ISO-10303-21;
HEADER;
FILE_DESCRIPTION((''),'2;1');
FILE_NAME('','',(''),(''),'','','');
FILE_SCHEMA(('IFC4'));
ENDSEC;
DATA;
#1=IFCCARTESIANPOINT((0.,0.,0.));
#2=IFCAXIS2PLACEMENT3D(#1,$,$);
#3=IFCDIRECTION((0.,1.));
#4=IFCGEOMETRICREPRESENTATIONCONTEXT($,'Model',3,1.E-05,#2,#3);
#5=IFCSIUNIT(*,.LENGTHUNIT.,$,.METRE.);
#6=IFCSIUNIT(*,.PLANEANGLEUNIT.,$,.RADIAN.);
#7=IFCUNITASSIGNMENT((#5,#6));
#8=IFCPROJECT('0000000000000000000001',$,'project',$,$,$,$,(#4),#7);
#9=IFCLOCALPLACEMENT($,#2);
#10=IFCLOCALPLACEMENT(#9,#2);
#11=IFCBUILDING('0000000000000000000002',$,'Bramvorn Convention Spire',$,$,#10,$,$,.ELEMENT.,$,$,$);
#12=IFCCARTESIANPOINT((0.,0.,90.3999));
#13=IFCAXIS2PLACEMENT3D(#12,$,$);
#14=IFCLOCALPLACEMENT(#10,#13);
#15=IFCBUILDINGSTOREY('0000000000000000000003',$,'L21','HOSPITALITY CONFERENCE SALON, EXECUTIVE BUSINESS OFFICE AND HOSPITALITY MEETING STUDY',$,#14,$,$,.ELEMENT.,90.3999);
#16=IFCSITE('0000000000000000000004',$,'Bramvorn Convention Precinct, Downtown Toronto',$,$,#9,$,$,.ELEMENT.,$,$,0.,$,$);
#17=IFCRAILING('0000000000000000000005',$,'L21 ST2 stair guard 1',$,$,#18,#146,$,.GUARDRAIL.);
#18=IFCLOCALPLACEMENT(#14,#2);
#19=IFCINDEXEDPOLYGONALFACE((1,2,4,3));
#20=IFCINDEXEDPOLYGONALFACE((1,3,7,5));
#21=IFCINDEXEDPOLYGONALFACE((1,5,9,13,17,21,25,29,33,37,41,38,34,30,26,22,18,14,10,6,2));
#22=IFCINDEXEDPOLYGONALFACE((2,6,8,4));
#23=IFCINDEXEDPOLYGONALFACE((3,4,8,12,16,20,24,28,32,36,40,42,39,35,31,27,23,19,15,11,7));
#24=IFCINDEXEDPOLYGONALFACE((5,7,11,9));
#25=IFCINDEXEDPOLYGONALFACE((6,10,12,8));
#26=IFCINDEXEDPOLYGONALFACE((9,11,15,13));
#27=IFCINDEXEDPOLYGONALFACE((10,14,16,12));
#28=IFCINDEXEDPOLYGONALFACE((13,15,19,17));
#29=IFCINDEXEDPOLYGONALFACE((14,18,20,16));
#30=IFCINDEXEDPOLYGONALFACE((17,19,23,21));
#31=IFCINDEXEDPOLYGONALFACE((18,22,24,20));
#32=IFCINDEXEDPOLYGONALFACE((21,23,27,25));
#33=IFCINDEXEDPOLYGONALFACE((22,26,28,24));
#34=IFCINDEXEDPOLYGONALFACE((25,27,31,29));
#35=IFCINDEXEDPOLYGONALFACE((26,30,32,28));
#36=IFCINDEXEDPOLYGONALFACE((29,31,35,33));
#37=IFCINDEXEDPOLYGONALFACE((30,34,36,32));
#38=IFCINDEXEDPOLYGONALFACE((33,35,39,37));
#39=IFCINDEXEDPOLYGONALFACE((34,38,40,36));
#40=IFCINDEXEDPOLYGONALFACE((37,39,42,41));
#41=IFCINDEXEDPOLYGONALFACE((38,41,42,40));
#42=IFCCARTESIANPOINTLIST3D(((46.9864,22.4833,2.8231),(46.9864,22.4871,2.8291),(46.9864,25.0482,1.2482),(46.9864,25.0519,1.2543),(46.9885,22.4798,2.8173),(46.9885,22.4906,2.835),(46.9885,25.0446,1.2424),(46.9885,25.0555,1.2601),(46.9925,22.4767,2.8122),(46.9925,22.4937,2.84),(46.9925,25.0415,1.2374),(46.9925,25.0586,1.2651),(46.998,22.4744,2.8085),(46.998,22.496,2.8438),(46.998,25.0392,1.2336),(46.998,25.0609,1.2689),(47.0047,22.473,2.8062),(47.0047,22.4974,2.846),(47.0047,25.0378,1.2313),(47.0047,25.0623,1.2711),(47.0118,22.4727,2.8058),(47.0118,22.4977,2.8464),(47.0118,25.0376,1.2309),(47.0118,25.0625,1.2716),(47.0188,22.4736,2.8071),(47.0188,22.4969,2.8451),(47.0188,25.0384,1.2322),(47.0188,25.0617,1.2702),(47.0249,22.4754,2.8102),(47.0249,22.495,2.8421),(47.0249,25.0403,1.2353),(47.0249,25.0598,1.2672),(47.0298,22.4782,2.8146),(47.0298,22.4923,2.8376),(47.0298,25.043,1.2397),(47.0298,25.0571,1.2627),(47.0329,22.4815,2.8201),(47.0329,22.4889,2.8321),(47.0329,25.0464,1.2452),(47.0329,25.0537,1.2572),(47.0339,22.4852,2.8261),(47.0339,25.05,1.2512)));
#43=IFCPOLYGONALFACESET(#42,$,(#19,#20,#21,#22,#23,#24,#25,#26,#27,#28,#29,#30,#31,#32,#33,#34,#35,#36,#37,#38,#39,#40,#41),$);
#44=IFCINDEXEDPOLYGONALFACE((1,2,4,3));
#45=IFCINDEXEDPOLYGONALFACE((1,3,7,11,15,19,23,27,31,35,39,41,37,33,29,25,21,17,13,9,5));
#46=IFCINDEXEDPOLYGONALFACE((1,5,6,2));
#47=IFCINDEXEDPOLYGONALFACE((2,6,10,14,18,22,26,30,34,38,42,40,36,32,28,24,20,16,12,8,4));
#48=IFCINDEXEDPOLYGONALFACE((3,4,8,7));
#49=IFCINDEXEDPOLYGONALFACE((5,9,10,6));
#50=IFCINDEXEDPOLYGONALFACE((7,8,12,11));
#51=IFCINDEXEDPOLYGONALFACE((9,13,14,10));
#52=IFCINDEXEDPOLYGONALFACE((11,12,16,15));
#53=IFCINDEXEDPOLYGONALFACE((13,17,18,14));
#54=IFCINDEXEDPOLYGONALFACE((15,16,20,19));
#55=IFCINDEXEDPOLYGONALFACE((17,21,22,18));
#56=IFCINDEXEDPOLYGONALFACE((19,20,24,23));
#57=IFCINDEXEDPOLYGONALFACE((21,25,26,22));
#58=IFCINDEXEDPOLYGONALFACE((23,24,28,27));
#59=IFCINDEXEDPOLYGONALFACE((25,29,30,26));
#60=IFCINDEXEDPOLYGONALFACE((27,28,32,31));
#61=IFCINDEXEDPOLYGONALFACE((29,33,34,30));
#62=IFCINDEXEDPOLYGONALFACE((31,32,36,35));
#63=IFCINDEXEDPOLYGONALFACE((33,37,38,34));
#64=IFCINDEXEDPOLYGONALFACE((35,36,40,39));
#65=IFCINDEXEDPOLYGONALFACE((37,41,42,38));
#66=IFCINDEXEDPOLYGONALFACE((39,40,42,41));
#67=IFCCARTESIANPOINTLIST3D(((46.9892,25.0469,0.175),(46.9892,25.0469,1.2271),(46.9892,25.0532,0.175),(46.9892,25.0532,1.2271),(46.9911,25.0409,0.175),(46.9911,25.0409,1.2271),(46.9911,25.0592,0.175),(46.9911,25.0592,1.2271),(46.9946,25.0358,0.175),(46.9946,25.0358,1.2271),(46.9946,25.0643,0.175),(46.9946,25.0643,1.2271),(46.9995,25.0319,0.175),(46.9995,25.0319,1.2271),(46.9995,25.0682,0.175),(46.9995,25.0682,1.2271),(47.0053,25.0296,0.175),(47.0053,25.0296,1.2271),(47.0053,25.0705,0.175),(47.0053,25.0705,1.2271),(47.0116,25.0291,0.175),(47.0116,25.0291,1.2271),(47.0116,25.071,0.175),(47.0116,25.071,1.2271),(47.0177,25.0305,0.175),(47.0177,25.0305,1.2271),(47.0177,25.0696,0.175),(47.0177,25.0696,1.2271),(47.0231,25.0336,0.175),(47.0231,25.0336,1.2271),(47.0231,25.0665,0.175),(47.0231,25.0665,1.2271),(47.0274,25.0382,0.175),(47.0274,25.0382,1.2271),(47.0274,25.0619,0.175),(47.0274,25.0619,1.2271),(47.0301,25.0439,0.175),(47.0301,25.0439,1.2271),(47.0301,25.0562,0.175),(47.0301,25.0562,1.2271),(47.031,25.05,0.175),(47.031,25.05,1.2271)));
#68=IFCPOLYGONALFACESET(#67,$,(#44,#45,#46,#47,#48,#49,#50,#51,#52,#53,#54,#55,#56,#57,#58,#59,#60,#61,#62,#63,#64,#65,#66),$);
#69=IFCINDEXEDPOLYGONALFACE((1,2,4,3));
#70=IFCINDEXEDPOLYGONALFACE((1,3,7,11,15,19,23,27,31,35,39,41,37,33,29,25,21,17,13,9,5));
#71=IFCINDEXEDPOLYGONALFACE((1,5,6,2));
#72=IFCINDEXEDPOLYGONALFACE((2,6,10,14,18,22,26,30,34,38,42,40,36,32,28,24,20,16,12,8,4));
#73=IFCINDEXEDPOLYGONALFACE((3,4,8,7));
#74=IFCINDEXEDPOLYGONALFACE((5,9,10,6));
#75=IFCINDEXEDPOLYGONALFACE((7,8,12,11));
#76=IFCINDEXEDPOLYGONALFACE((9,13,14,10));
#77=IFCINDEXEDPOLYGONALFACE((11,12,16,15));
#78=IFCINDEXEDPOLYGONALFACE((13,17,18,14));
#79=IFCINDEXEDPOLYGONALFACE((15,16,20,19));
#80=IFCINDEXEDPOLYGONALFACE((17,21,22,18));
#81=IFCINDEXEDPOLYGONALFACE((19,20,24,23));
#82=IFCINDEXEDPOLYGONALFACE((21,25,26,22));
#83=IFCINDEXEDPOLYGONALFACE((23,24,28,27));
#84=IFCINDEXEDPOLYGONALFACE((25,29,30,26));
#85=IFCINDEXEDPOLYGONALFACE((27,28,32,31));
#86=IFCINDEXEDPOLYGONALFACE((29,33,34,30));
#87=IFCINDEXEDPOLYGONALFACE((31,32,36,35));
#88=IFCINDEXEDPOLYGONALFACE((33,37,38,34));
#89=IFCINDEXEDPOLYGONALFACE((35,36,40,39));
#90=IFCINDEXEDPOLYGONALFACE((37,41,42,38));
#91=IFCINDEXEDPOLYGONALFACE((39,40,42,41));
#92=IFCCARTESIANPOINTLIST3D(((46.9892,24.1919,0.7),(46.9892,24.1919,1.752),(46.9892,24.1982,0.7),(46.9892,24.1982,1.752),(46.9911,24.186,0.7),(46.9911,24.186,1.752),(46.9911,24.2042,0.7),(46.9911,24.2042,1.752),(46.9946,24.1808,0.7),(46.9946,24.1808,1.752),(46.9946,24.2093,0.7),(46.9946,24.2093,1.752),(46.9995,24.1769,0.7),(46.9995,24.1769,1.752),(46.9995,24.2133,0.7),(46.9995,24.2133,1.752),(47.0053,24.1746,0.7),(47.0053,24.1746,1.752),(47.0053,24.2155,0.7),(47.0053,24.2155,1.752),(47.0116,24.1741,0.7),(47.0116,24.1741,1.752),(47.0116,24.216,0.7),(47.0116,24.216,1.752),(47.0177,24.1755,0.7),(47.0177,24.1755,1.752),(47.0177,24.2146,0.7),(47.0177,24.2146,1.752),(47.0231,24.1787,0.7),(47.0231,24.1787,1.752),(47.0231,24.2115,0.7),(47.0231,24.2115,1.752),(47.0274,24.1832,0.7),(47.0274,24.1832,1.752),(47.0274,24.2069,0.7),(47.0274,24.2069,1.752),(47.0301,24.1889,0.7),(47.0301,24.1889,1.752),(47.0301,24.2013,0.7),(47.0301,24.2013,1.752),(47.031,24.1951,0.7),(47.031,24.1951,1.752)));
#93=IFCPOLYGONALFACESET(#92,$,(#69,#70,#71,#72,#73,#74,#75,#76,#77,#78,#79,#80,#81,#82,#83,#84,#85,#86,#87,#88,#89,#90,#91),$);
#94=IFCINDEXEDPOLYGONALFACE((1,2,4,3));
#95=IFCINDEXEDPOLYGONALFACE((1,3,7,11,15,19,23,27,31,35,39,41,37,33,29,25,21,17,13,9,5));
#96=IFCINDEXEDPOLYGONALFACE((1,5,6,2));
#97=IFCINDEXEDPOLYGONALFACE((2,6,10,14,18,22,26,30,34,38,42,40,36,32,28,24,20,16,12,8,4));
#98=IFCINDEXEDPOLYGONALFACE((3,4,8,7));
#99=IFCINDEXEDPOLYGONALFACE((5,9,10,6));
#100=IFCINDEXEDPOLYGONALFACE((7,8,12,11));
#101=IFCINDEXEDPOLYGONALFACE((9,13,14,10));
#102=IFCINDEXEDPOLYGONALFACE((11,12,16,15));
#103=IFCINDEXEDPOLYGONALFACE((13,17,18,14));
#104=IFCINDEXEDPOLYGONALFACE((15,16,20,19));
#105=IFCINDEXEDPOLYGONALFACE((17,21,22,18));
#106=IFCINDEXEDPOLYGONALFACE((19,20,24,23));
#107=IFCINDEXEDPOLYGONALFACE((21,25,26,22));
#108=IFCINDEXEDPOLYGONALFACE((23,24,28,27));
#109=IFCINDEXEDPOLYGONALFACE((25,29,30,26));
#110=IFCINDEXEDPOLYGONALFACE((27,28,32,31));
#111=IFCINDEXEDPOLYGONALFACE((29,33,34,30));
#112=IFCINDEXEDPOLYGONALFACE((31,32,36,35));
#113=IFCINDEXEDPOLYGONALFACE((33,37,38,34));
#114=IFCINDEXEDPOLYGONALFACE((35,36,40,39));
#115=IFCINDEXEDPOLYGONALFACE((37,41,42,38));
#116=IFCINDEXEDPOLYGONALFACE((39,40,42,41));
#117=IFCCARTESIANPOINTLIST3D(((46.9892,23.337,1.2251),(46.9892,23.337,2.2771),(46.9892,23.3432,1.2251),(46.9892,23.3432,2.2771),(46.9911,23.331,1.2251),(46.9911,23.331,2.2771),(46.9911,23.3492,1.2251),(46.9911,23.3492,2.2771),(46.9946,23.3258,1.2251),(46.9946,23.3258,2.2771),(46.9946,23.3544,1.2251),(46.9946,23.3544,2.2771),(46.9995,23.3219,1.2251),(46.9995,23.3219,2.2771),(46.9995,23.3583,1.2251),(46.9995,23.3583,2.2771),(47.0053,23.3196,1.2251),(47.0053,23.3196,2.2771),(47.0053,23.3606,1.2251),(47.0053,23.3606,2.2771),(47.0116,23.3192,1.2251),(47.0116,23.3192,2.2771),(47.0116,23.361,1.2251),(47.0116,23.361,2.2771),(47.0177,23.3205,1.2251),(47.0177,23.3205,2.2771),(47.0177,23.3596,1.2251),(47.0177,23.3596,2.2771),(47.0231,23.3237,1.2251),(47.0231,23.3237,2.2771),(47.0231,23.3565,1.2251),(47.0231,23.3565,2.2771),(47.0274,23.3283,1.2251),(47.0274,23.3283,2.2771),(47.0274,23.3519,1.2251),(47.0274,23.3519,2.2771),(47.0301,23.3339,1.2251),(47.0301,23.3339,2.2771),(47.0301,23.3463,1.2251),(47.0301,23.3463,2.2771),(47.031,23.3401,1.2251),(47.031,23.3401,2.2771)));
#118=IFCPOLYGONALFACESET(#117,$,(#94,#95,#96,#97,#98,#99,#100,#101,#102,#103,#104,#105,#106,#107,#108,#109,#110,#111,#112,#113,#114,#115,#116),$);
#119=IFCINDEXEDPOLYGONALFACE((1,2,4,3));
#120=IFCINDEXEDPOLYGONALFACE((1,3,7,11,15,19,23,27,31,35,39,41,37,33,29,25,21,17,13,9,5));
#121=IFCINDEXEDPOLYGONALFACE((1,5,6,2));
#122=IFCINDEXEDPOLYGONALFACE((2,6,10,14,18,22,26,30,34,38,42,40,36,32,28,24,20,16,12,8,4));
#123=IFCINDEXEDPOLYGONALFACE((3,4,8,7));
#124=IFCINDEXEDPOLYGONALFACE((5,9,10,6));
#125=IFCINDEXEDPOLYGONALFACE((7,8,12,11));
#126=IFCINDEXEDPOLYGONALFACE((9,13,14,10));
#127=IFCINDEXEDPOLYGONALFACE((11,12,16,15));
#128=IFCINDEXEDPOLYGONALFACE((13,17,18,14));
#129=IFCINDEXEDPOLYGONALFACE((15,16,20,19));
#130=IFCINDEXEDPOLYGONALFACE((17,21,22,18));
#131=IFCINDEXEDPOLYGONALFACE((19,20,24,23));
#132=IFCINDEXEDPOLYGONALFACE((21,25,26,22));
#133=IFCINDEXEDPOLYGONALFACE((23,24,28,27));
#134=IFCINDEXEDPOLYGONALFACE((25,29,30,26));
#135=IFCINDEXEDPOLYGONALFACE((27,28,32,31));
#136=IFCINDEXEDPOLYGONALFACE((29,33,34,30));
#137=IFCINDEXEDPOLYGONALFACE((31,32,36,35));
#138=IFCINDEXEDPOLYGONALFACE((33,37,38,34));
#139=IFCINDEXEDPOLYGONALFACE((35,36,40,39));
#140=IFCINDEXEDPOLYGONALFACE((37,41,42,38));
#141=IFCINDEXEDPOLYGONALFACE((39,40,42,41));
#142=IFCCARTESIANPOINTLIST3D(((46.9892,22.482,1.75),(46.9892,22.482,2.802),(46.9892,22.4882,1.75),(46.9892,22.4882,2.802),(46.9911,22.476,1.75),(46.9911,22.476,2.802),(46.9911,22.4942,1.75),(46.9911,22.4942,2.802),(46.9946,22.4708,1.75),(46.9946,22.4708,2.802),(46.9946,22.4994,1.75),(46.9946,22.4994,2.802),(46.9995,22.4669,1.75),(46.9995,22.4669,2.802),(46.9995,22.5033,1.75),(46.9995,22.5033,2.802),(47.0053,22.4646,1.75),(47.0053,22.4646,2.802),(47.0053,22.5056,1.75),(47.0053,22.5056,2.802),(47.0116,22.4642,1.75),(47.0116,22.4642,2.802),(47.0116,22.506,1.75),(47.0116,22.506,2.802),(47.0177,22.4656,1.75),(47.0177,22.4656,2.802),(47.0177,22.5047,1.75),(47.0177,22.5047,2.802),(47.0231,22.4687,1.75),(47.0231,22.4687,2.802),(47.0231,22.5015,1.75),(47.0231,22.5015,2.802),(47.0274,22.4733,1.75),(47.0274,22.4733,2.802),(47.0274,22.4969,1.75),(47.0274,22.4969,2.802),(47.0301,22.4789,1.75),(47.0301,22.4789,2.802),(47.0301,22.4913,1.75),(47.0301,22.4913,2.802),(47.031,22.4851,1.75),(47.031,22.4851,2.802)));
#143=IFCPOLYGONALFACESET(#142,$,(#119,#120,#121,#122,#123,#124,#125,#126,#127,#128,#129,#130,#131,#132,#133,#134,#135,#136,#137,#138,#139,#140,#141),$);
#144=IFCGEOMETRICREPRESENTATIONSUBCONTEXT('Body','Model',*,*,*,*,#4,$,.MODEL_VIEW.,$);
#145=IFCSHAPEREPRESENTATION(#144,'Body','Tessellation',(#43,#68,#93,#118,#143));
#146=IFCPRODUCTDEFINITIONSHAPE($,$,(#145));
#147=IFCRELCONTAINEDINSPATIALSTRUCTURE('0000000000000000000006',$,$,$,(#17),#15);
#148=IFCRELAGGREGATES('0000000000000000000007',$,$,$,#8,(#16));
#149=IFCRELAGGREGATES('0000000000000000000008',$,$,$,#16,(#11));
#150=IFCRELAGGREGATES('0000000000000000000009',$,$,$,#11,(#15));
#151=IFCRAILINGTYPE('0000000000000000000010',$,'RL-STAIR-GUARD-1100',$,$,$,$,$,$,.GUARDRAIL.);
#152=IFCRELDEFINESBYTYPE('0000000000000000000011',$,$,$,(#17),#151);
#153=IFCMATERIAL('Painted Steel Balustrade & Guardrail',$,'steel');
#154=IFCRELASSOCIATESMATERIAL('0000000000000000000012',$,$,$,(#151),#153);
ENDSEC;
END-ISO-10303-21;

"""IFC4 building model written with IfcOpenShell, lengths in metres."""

from ifc_helpers import new_model, si_unit, direction, frame, origin, origin_2d, place, context, subcontext, project, spatial, circle, extrude, material, type_object, element, save


model = new_model("IFC4")

# Units and contexts
model_context = context("Model", 3, precision=1e-05, world=origin(), true_north=direction((0.0, 1.0)))
body_context = subcontext(model_context, "Body", "Model", "MODEL_VIEW")
ifc_project = project(units=[si_unit("LENGTHUNIT", "METRE"), si_unit("PLANEANGLEUNIT", "RADIAN")], contexts=[model_context])

# Site, building, storey
site_placement = place(None, origin())
site = spatial("IfcSite", under=ifc_project, at=site_placement, Name="Bramvorn Convention Precinct, Downtown Toronto", CompositionType="ELEMENT", RefElevation=0.0)
building_placement = place(site_placement, origin())
building = spatial("IfcBuilding", under=site, at=building_placement, Name="Bramvorn Convention Spire", CompositionType="ELEMENT")
storey_placement = place(building_placement, frame((0.0, 0.0, 90.3999)))
storey = spatial("IfcBuildingStorey", under=building, at=storey_placement, Name="L21", Description="HOSPITALITY CONFERENCE SALON, EXECUTIVE BUSINESS OFFICE AND HOSPITALITY MEETING STUDY", CompositionType="ELEMENT", Elevation=90.3999)

# Railing
ifc_material_1 = material(Name="Painted Steel Balustrade & Guardrail", Category="steel")
railing_type_1 = type_object("IfcRailingType", Name="RL-STAIR-GUARD-1100", PredefinedType="GUARDRAIL", material=ifc_material_1)
railing_1_placement = place(storey_placement, frame((47.01, 25.05, 0.175)))
element("IfcRailing", 1, at=railing_1_placement, inside=storey, type_object=railing_type_1, Name="L21 ST2 stair guard 1", PredefinedType="GUARDRAIL", context=body_context, shape_type="SweptSolid", body=[
    extrude(circle(Radius=0.0239, at=origin_2d()), frame((0.0, 0.0, 1.0762), z_axis=(0.0, -0.852173, 0.52326), x_axis=(1.0, 0.0, 0.0)), (0.0, 0.0, 1.0), 3.0098),
    extrude(circle(Radius=0.021, at=origin_2d()), origin(), (0.0, 0.0, 1.0), 1.052),
    extrude(circle(Radius=0.021, at=origin_2d()), frame((0.0, -0.855, 0.5249)), (0.0, 0.0, 1.0), 1.052),
    extrude(circle(Radius=0.021, at=origin_2d()), frame((0.0, -1.71, 1.05)), (0.0, 0.0, 1.0), 1.052),
    extrude(circle(Radius=0.021, at=origin_2d()), frame((0.0, -2.5649, 1.575)), (0.0, 0.0, 1.0), 1.052),
])

save(model, "model.ifc")
